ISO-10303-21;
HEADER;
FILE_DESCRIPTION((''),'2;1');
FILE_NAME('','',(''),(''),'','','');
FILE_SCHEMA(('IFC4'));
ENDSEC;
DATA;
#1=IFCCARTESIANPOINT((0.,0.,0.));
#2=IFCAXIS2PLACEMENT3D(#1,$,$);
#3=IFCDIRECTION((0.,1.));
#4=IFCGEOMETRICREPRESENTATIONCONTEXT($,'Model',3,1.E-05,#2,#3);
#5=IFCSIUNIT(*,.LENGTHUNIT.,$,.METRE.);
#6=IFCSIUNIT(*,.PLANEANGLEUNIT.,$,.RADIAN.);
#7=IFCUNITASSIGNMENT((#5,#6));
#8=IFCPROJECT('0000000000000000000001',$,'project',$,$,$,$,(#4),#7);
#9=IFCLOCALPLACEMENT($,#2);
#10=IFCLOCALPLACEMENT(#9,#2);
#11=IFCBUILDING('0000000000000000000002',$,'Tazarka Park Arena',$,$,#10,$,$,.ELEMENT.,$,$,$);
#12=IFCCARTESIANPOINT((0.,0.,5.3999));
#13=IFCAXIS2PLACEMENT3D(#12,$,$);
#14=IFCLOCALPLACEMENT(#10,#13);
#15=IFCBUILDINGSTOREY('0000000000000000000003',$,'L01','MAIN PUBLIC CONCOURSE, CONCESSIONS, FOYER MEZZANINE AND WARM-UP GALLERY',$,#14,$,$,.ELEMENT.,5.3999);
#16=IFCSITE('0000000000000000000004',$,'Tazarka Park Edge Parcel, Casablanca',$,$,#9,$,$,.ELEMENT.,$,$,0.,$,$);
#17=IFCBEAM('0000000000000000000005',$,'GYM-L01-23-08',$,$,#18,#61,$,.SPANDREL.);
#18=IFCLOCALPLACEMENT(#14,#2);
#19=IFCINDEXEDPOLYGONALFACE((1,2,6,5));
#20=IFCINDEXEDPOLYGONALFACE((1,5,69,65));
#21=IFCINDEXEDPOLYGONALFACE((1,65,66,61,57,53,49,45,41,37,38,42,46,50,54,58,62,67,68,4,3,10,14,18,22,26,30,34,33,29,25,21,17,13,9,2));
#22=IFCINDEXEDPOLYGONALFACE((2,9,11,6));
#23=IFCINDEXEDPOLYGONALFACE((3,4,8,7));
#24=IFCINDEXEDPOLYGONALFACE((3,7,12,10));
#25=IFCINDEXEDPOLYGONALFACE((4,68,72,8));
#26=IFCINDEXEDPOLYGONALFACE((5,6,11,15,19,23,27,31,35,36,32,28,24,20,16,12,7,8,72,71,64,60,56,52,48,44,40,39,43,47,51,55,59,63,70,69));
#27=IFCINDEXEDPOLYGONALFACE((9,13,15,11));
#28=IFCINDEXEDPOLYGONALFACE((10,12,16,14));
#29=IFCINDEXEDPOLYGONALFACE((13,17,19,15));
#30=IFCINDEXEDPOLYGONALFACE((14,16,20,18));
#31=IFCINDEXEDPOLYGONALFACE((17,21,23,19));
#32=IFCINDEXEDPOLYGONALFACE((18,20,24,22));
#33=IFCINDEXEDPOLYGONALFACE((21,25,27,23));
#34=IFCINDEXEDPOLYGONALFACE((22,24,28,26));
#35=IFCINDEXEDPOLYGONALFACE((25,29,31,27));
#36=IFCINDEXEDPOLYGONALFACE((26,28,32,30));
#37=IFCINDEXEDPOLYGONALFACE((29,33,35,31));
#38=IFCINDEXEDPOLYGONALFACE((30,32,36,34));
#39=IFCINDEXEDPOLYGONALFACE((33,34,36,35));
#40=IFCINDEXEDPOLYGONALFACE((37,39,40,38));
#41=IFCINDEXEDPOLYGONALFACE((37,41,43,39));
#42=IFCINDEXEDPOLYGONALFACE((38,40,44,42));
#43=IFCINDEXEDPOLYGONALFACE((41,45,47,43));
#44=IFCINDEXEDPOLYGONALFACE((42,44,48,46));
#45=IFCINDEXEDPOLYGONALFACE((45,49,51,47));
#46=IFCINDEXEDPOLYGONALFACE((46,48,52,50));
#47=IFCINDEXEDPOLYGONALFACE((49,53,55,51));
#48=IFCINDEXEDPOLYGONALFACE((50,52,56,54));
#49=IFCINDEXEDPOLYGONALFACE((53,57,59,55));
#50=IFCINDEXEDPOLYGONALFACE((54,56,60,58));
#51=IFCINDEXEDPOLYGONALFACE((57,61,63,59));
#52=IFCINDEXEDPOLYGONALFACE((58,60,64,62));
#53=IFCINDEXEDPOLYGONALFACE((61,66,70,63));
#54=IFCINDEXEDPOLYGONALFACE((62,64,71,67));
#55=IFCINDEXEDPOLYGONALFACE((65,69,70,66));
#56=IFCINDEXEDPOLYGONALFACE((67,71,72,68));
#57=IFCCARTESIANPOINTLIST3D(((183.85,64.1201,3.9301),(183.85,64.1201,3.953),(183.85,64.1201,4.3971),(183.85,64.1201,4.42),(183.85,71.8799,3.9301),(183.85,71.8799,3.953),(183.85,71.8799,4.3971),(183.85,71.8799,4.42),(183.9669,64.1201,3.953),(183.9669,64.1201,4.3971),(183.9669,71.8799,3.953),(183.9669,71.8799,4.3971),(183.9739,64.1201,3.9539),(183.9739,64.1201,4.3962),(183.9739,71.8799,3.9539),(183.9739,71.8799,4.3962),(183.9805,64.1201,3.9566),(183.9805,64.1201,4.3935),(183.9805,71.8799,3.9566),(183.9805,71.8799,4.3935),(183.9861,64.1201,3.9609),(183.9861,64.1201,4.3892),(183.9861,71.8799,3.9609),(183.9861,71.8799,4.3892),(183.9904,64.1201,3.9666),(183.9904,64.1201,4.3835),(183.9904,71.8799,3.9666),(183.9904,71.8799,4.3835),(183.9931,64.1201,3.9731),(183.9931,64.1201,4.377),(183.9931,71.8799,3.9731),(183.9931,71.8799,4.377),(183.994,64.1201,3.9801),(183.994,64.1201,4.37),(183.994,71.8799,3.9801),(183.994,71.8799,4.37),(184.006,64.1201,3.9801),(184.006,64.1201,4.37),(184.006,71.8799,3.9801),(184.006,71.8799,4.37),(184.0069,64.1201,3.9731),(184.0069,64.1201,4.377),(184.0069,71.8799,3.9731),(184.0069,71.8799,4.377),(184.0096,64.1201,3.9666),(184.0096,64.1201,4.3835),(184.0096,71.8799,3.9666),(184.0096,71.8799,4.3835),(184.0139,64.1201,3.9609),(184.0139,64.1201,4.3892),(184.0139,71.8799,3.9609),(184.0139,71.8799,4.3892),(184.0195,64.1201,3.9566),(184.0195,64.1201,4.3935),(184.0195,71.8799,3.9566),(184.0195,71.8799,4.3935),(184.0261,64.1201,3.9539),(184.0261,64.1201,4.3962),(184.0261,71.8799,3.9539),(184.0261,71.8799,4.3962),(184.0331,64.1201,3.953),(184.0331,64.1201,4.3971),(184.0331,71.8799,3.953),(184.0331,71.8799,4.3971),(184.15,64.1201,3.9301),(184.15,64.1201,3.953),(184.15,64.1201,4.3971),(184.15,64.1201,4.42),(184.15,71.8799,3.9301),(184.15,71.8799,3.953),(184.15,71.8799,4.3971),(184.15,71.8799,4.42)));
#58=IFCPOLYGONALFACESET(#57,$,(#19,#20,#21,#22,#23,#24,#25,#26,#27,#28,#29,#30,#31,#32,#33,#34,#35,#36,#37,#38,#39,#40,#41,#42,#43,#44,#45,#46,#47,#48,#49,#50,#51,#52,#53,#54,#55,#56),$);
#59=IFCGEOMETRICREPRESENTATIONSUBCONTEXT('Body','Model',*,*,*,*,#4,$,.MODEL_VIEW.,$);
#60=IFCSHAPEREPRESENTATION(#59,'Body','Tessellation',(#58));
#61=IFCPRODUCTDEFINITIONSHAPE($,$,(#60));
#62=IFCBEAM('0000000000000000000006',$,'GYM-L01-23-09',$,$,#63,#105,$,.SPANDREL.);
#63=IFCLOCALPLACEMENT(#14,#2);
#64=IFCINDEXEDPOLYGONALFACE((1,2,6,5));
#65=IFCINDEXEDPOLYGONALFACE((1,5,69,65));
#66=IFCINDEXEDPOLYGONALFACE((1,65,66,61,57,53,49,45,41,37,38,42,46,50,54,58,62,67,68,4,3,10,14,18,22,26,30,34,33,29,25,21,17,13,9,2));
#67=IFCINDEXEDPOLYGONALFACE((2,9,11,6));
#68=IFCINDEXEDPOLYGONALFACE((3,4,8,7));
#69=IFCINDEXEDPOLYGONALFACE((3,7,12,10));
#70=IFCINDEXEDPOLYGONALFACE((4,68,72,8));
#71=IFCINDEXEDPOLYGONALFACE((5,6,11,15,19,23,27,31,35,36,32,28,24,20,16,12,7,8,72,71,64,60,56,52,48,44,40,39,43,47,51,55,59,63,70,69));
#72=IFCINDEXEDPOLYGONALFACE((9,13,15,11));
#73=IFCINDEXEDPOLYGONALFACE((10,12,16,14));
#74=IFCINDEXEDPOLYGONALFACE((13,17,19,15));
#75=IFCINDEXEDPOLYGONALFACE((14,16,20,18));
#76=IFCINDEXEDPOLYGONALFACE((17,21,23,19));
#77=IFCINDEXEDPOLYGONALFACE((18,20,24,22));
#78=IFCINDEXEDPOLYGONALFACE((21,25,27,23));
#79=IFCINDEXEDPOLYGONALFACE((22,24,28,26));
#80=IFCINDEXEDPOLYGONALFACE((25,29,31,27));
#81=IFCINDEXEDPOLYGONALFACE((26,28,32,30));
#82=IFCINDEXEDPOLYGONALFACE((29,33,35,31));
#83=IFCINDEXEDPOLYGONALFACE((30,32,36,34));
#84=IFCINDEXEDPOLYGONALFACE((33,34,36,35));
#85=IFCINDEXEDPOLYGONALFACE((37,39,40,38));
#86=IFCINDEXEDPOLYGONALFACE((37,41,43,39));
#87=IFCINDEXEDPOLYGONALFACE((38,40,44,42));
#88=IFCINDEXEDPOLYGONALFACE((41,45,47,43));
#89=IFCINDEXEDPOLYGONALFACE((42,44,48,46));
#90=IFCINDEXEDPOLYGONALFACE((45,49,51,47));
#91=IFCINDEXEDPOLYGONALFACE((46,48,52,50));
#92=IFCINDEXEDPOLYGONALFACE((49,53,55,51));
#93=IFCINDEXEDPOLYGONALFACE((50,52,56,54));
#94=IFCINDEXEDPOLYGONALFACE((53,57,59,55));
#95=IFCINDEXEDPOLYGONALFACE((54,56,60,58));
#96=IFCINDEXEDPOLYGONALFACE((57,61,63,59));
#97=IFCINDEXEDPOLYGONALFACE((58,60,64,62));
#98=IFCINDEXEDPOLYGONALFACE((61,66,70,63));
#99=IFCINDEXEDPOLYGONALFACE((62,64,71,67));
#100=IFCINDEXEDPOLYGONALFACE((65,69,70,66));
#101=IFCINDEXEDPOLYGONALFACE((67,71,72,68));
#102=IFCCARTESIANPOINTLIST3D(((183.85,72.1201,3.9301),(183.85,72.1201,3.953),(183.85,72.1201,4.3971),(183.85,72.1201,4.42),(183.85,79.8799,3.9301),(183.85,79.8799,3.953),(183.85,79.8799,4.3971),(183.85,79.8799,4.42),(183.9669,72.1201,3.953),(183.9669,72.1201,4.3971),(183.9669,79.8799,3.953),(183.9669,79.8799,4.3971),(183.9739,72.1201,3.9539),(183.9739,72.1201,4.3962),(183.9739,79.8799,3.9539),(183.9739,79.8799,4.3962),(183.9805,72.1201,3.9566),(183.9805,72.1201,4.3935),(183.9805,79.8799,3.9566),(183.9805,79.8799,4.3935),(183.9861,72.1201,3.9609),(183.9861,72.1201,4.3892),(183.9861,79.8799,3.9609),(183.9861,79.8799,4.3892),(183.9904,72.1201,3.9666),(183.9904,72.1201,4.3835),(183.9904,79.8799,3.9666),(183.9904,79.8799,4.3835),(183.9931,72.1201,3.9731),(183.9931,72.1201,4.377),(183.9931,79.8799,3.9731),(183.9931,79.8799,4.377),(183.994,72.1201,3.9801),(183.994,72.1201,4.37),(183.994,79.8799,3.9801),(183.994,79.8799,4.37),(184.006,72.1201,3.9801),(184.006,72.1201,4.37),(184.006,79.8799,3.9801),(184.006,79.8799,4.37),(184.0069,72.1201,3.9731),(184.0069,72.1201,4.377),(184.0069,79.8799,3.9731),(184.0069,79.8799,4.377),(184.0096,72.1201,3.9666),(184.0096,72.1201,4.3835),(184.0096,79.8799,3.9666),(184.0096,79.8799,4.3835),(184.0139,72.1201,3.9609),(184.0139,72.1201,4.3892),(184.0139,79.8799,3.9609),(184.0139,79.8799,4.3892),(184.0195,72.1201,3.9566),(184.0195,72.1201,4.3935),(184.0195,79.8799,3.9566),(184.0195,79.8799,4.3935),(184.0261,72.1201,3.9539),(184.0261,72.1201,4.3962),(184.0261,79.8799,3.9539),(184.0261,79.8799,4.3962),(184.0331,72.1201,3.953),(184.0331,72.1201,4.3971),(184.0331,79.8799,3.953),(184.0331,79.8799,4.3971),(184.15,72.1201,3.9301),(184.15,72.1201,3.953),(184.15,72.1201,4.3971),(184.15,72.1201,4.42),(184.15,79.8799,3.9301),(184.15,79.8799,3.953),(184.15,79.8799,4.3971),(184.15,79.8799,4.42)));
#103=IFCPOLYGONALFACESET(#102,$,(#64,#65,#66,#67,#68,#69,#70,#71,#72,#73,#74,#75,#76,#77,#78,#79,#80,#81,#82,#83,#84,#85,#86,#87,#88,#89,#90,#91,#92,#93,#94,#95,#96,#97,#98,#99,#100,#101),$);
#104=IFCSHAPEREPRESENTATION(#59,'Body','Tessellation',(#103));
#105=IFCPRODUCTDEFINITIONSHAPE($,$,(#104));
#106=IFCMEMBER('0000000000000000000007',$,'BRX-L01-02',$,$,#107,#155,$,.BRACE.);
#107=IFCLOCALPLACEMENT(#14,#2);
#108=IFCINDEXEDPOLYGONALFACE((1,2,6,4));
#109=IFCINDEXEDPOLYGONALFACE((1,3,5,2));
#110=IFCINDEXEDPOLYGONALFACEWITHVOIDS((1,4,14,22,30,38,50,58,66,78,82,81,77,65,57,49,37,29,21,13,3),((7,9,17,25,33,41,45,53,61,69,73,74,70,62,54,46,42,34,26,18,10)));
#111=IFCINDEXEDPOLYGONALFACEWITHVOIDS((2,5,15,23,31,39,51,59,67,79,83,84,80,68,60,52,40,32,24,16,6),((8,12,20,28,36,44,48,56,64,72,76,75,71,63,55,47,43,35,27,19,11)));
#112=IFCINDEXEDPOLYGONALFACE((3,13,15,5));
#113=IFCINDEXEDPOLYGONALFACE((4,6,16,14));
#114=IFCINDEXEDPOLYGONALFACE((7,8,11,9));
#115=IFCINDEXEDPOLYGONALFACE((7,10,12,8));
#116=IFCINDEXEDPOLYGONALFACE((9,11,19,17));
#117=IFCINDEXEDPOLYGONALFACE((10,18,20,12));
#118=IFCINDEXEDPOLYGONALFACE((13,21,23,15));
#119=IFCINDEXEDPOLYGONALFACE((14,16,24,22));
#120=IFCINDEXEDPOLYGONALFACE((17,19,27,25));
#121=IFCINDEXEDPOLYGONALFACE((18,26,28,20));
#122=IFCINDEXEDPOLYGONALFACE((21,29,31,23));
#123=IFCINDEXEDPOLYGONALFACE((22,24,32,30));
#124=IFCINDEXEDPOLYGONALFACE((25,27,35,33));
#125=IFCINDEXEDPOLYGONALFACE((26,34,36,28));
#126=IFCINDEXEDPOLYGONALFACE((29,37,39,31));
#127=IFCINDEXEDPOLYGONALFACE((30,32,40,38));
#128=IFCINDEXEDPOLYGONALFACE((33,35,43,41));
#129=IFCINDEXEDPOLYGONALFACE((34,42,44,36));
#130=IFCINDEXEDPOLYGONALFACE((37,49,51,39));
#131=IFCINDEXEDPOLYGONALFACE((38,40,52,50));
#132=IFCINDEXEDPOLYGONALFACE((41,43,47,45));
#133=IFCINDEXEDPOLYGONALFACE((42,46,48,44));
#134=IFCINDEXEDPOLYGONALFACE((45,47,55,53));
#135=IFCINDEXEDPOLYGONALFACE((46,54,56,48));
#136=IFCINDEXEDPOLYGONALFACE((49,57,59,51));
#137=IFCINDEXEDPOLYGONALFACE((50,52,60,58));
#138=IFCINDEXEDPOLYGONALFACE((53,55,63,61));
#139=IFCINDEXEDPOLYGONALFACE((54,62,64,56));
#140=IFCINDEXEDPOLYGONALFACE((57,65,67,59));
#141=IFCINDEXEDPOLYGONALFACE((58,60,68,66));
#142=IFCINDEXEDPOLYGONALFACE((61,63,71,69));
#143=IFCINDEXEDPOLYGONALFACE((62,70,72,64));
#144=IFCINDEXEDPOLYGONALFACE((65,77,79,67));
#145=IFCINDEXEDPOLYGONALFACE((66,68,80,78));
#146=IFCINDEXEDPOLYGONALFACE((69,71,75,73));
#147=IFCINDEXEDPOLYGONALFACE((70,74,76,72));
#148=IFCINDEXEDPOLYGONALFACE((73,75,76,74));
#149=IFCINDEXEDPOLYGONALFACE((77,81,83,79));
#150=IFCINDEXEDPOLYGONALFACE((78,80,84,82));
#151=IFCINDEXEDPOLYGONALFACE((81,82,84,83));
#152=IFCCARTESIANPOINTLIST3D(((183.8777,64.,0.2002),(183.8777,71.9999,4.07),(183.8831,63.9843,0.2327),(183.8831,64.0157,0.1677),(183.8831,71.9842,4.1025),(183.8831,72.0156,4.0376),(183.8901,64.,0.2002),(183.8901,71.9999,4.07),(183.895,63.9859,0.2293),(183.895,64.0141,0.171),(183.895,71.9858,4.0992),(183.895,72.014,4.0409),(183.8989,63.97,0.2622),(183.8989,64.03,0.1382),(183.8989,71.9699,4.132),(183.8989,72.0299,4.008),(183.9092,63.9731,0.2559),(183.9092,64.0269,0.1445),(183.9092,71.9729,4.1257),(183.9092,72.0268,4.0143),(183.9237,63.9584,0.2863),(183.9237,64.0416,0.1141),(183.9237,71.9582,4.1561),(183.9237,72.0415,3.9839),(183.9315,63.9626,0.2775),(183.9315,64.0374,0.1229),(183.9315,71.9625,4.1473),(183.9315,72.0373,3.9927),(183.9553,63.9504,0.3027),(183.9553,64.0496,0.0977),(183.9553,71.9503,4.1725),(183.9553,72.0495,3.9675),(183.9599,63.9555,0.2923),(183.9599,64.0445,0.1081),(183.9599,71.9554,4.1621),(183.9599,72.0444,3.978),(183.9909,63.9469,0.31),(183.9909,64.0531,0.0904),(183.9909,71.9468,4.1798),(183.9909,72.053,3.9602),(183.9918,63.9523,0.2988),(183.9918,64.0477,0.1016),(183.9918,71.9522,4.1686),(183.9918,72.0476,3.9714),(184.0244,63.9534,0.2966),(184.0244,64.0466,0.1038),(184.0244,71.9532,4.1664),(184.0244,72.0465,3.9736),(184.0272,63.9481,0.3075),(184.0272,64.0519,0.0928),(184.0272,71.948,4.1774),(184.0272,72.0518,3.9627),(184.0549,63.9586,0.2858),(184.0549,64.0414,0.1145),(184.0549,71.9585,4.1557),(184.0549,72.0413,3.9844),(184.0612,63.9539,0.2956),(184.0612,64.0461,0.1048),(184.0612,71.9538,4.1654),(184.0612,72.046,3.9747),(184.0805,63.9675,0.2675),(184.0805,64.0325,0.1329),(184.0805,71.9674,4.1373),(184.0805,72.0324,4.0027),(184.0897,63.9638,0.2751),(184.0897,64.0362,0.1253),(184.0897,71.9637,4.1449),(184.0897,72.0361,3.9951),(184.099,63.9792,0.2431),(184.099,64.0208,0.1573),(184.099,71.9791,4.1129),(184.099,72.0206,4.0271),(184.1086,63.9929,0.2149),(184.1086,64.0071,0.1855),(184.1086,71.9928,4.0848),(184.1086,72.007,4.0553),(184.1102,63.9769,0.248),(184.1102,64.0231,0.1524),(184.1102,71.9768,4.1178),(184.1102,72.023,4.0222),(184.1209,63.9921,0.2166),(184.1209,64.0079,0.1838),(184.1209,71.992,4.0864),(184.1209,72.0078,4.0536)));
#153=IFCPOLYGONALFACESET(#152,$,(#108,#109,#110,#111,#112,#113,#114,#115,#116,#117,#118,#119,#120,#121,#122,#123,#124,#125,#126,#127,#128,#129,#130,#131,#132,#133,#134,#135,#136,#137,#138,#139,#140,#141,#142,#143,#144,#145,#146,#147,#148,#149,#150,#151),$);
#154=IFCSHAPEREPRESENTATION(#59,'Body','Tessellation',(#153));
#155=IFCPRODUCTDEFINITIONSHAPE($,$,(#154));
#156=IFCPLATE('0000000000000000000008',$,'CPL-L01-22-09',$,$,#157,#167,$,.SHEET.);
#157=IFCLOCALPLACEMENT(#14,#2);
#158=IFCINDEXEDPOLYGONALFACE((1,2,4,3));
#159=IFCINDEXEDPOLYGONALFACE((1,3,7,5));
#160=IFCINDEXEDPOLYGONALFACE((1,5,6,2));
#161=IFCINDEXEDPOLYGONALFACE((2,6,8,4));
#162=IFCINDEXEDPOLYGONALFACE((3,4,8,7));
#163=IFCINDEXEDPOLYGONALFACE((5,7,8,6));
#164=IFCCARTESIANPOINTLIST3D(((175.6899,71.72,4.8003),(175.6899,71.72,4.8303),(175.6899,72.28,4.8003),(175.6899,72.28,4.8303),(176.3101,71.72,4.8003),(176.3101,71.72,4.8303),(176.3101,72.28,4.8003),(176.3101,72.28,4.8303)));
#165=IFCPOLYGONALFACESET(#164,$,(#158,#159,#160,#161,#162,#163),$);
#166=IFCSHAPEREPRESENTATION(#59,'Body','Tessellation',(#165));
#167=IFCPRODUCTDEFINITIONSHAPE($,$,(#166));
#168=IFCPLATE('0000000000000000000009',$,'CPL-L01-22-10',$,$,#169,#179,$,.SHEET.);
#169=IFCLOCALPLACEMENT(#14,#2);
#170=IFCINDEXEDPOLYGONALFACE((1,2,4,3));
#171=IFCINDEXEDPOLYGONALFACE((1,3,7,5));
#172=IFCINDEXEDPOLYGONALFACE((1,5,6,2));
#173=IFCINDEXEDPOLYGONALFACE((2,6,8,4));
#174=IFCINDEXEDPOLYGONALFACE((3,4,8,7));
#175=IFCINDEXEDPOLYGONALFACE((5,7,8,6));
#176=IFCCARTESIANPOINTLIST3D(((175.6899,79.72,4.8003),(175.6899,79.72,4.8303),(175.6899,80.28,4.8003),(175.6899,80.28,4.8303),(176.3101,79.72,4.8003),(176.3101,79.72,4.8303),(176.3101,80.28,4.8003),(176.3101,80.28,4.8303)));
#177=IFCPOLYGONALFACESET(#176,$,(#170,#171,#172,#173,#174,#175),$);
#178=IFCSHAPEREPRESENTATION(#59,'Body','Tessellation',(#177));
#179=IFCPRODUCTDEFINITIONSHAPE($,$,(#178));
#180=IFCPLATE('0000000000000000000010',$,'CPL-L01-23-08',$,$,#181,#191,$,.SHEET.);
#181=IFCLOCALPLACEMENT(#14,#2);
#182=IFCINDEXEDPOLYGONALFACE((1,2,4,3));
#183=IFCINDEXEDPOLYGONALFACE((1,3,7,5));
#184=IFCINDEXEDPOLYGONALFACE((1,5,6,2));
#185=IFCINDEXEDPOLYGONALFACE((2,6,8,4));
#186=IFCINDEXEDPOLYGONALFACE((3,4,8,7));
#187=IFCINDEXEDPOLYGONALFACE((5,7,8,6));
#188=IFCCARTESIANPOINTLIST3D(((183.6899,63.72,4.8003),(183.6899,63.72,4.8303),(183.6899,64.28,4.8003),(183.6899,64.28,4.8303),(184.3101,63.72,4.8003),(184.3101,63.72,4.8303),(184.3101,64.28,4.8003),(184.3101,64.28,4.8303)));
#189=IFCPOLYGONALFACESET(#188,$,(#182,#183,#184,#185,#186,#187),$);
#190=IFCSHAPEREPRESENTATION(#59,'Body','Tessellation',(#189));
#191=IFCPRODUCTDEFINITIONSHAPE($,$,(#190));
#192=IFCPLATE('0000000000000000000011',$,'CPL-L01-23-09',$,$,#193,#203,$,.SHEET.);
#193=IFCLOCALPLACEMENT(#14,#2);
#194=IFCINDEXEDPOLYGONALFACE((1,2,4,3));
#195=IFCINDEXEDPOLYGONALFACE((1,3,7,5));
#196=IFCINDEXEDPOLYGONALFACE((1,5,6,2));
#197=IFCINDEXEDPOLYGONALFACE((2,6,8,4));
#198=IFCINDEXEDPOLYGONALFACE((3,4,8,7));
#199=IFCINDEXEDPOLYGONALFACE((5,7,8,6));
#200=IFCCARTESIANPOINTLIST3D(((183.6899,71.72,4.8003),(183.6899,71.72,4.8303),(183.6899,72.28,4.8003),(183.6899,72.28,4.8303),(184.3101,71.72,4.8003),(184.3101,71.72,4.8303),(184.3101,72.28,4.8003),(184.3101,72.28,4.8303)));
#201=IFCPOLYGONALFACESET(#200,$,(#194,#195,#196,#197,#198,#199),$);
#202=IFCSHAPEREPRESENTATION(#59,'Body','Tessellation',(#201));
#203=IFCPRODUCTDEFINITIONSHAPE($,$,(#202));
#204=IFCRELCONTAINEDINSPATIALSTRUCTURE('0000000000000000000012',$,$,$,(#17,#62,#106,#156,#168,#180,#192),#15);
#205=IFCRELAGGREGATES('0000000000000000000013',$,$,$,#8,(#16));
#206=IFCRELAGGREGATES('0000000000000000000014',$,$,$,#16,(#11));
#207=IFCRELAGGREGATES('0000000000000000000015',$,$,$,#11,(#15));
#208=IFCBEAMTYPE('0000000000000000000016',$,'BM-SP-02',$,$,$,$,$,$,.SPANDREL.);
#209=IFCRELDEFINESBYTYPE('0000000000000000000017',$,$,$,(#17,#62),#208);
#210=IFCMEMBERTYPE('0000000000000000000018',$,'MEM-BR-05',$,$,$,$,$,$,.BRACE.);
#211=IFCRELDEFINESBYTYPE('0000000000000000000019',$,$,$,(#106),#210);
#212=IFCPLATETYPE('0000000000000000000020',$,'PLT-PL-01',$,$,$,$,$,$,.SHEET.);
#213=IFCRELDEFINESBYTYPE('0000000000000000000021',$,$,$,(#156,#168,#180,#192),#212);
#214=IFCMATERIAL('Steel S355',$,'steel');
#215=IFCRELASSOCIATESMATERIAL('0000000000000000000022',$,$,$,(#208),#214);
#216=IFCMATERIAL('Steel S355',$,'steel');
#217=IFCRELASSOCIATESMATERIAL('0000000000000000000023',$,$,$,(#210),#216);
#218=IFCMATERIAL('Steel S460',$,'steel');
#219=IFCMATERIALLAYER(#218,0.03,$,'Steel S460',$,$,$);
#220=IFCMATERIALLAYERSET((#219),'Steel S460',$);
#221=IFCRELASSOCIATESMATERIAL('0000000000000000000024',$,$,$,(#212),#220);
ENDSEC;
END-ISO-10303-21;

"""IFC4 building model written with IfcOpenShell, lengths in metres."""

from ifc_helpers import new_model, si_unit, direction, frame, origin, origin_2d, place, context, subcontext, project, spatial, rectangle, hollow_circle, i_section, extrude, material, layer, layer_set, material_profile, profile_set, type_object, element, save


model = new_model("IFC4")

# Units and contexts
model_context = context("Model", 3, precision=1e-05, world=origin(), true_north=direction((0.0, 1.0)))
body_context = subcontext(model_context, "Body", "Model", "MODEL_VIEW")
ifc_project = project(units=[si_unit("LENGTHUNIT", "METRE"), si_unit("PLANEANGLEUNIT", "RADIAN")], contexts=[model_context])

# Site, building, storey
site_placement = place(None, origin())
site = spatial("IfcSite", under=ifc_project, at=site_placement, Name="Tazarka Park Edge Parcel, Casablanca", CompositionType="ELEMENT", RefElevation=0.0)
building_placement = place(site_placement, origin())
building = spatial("IfcBuilding", under=site, at=building_placement, Name="Tazarka Park Arena", CompositionType="ELEMENT")
storey_placement = place(building_placement, frame((0.0, 0.0, 5.3999)))
storey = spatial("IfcBuildingStorey", under=building, at=storey_placement, Name="L01", Description="MAIN PUBLIC CONCOURSE, CONCESSIONS, FOYER MEZZANINE AND WARM-UP GALLERY", CompositionType="ELEMENT", Elevation=5.3999)

# Beams
ifc_material_1 = material(Name="Steel S355", Category="steel")
ifc_material_profile_1 = material_profile(ifc_material_1, i_section(OverallWidth=0.3, OverallDepth=0.49, WebThickness=0.012, FlangeThickness=0.0229, FilletRadius=0.0271, at=origin_2d()), Name="Steel S355")
ifc_profile_set_1 = profile_set([ifc_material_profile_1], Name="Steel S355")
beam_type_1 = type_object("IfcBeamType", Name="BM-SP-02", PredefinedType="SPANDREL", material=ifc_profile_set_1)
for number, where, z_axis, x_axis, name in (
    (1, (184.0, 64.1201, 4.175), (0.0, 1.0, 0.0), (-1.0, 0.0, 0.0), "GYM-L01-23-08"),
    (2, (184.0, 72.1201, 4.175), (0.0, 1.0, 0.0), (-1.0, 0.0, 0.0), "GYM-L01-23-09"),
):
    element("IfcBeam", number, at=place(storey_placement, frame(where, z_axis=z_axis, x_axis=x_axis)), inside=storey, type_object=beam_type_1, Name=name, PredefinedType="SPANDREL", context=body_context, shape_type="SweptSolid", body=[
        extrude(i_section(OverallWidth=0.3, OverallDepth=0.49, WebThickness=0.012, FlangeThickness=0.0229, FilletRadius=0.0271, at=origin_2d()), origin(), (0.0, 0.0, 1.0), 7.7598),
    ])

# Member
ifc_material_2 = material(Name="Steel S355", Category="steel")
ifc_material_profile_2 = material_profile(ifc_material_2, hollow_circle(Radius=0.1223, WallThickness=0.0125, at=origin_2d()), Name="Steel S355")
ifc_profile_set_2 = profile_set([ifc_material_profile_2], Name="Steel S355")
member_type = type_object("IfcMemberType", Name="MEM-BR-05", PredefinedType="BRACE", material=ifc_profile_set_2)
member_placement = place(storey_placement, frame((184.0, 64.0, 0.2002), z_axis=(0.0, 0.900208, 0.435461), x_axis=(-1.0, 0.0, 0.0)))
element("IfcMember", 3, at=member_placement, inside=storey, type_object=member_type, Name="BRX-L01-02", PredefinedType="BRACE", context=body_context, shape_type="SweptSolid", body=[
    extrude(hollow_circle(Radius=0.1223, WallThickness=0.0125, at=origin_2d()), origin(), (0.0, 0.0, 1.0), 8.8867),
])

# Plates
ifc_material_3 = material(Name="Steel S460", Category="steel")
ifc_layer_1 = layer(ifc_material_3, 0.03, Name="Steel S460")
ifc_layer_set_1 = layer_set([ifc_layer_1], Name="Steel S460")
plate_type_1 = type_object("IfcPlateType", Name="PLT-PL-01", PredefinedType="SHEET", material=ifc_layer_set_1)
for number, where, z_axis, x_axis, name in (
    (4, (176.0, 72.0, 4.8003), (0.0, 0.0, 1.0), (1.0, 0.0, 0.0), "CPL-L01-22-09"),
    (5, (176.0, 80.0, 4.8003), (0.0, 0.0, 1.0), (1.0, 0.0, 0.0), "CPL-L01-22-10"),
    (6, (184.0, 64.0, 4.8003), (0.0, 0.0, 1.0), (1.0, 0.0, 0.0), "CPL-L01-23-08"),
    (7, (184.0, 72.0, 4.8003), (0.0, 0.0, 1.0), (1.0, 0.0, 0.0), "CPL-L01-23-09"),
):
    element("IfcPlate", number, at=place(storey_placement, frame(where, z_axis=z_axis, x_axis=x_axis)), inside=storey, type_object=plate_type_1, Name=name, PredefinedType="SHEET", context=body_context, shape_type="SweptSolid", body=[
        extrude(rectangle(XDim=0.6201, YDim=0.5601, at=origin_2d()), origin(), (0.0, 0.0, 1.0), 0.03),
    ])

save(model, "model.ifc")
